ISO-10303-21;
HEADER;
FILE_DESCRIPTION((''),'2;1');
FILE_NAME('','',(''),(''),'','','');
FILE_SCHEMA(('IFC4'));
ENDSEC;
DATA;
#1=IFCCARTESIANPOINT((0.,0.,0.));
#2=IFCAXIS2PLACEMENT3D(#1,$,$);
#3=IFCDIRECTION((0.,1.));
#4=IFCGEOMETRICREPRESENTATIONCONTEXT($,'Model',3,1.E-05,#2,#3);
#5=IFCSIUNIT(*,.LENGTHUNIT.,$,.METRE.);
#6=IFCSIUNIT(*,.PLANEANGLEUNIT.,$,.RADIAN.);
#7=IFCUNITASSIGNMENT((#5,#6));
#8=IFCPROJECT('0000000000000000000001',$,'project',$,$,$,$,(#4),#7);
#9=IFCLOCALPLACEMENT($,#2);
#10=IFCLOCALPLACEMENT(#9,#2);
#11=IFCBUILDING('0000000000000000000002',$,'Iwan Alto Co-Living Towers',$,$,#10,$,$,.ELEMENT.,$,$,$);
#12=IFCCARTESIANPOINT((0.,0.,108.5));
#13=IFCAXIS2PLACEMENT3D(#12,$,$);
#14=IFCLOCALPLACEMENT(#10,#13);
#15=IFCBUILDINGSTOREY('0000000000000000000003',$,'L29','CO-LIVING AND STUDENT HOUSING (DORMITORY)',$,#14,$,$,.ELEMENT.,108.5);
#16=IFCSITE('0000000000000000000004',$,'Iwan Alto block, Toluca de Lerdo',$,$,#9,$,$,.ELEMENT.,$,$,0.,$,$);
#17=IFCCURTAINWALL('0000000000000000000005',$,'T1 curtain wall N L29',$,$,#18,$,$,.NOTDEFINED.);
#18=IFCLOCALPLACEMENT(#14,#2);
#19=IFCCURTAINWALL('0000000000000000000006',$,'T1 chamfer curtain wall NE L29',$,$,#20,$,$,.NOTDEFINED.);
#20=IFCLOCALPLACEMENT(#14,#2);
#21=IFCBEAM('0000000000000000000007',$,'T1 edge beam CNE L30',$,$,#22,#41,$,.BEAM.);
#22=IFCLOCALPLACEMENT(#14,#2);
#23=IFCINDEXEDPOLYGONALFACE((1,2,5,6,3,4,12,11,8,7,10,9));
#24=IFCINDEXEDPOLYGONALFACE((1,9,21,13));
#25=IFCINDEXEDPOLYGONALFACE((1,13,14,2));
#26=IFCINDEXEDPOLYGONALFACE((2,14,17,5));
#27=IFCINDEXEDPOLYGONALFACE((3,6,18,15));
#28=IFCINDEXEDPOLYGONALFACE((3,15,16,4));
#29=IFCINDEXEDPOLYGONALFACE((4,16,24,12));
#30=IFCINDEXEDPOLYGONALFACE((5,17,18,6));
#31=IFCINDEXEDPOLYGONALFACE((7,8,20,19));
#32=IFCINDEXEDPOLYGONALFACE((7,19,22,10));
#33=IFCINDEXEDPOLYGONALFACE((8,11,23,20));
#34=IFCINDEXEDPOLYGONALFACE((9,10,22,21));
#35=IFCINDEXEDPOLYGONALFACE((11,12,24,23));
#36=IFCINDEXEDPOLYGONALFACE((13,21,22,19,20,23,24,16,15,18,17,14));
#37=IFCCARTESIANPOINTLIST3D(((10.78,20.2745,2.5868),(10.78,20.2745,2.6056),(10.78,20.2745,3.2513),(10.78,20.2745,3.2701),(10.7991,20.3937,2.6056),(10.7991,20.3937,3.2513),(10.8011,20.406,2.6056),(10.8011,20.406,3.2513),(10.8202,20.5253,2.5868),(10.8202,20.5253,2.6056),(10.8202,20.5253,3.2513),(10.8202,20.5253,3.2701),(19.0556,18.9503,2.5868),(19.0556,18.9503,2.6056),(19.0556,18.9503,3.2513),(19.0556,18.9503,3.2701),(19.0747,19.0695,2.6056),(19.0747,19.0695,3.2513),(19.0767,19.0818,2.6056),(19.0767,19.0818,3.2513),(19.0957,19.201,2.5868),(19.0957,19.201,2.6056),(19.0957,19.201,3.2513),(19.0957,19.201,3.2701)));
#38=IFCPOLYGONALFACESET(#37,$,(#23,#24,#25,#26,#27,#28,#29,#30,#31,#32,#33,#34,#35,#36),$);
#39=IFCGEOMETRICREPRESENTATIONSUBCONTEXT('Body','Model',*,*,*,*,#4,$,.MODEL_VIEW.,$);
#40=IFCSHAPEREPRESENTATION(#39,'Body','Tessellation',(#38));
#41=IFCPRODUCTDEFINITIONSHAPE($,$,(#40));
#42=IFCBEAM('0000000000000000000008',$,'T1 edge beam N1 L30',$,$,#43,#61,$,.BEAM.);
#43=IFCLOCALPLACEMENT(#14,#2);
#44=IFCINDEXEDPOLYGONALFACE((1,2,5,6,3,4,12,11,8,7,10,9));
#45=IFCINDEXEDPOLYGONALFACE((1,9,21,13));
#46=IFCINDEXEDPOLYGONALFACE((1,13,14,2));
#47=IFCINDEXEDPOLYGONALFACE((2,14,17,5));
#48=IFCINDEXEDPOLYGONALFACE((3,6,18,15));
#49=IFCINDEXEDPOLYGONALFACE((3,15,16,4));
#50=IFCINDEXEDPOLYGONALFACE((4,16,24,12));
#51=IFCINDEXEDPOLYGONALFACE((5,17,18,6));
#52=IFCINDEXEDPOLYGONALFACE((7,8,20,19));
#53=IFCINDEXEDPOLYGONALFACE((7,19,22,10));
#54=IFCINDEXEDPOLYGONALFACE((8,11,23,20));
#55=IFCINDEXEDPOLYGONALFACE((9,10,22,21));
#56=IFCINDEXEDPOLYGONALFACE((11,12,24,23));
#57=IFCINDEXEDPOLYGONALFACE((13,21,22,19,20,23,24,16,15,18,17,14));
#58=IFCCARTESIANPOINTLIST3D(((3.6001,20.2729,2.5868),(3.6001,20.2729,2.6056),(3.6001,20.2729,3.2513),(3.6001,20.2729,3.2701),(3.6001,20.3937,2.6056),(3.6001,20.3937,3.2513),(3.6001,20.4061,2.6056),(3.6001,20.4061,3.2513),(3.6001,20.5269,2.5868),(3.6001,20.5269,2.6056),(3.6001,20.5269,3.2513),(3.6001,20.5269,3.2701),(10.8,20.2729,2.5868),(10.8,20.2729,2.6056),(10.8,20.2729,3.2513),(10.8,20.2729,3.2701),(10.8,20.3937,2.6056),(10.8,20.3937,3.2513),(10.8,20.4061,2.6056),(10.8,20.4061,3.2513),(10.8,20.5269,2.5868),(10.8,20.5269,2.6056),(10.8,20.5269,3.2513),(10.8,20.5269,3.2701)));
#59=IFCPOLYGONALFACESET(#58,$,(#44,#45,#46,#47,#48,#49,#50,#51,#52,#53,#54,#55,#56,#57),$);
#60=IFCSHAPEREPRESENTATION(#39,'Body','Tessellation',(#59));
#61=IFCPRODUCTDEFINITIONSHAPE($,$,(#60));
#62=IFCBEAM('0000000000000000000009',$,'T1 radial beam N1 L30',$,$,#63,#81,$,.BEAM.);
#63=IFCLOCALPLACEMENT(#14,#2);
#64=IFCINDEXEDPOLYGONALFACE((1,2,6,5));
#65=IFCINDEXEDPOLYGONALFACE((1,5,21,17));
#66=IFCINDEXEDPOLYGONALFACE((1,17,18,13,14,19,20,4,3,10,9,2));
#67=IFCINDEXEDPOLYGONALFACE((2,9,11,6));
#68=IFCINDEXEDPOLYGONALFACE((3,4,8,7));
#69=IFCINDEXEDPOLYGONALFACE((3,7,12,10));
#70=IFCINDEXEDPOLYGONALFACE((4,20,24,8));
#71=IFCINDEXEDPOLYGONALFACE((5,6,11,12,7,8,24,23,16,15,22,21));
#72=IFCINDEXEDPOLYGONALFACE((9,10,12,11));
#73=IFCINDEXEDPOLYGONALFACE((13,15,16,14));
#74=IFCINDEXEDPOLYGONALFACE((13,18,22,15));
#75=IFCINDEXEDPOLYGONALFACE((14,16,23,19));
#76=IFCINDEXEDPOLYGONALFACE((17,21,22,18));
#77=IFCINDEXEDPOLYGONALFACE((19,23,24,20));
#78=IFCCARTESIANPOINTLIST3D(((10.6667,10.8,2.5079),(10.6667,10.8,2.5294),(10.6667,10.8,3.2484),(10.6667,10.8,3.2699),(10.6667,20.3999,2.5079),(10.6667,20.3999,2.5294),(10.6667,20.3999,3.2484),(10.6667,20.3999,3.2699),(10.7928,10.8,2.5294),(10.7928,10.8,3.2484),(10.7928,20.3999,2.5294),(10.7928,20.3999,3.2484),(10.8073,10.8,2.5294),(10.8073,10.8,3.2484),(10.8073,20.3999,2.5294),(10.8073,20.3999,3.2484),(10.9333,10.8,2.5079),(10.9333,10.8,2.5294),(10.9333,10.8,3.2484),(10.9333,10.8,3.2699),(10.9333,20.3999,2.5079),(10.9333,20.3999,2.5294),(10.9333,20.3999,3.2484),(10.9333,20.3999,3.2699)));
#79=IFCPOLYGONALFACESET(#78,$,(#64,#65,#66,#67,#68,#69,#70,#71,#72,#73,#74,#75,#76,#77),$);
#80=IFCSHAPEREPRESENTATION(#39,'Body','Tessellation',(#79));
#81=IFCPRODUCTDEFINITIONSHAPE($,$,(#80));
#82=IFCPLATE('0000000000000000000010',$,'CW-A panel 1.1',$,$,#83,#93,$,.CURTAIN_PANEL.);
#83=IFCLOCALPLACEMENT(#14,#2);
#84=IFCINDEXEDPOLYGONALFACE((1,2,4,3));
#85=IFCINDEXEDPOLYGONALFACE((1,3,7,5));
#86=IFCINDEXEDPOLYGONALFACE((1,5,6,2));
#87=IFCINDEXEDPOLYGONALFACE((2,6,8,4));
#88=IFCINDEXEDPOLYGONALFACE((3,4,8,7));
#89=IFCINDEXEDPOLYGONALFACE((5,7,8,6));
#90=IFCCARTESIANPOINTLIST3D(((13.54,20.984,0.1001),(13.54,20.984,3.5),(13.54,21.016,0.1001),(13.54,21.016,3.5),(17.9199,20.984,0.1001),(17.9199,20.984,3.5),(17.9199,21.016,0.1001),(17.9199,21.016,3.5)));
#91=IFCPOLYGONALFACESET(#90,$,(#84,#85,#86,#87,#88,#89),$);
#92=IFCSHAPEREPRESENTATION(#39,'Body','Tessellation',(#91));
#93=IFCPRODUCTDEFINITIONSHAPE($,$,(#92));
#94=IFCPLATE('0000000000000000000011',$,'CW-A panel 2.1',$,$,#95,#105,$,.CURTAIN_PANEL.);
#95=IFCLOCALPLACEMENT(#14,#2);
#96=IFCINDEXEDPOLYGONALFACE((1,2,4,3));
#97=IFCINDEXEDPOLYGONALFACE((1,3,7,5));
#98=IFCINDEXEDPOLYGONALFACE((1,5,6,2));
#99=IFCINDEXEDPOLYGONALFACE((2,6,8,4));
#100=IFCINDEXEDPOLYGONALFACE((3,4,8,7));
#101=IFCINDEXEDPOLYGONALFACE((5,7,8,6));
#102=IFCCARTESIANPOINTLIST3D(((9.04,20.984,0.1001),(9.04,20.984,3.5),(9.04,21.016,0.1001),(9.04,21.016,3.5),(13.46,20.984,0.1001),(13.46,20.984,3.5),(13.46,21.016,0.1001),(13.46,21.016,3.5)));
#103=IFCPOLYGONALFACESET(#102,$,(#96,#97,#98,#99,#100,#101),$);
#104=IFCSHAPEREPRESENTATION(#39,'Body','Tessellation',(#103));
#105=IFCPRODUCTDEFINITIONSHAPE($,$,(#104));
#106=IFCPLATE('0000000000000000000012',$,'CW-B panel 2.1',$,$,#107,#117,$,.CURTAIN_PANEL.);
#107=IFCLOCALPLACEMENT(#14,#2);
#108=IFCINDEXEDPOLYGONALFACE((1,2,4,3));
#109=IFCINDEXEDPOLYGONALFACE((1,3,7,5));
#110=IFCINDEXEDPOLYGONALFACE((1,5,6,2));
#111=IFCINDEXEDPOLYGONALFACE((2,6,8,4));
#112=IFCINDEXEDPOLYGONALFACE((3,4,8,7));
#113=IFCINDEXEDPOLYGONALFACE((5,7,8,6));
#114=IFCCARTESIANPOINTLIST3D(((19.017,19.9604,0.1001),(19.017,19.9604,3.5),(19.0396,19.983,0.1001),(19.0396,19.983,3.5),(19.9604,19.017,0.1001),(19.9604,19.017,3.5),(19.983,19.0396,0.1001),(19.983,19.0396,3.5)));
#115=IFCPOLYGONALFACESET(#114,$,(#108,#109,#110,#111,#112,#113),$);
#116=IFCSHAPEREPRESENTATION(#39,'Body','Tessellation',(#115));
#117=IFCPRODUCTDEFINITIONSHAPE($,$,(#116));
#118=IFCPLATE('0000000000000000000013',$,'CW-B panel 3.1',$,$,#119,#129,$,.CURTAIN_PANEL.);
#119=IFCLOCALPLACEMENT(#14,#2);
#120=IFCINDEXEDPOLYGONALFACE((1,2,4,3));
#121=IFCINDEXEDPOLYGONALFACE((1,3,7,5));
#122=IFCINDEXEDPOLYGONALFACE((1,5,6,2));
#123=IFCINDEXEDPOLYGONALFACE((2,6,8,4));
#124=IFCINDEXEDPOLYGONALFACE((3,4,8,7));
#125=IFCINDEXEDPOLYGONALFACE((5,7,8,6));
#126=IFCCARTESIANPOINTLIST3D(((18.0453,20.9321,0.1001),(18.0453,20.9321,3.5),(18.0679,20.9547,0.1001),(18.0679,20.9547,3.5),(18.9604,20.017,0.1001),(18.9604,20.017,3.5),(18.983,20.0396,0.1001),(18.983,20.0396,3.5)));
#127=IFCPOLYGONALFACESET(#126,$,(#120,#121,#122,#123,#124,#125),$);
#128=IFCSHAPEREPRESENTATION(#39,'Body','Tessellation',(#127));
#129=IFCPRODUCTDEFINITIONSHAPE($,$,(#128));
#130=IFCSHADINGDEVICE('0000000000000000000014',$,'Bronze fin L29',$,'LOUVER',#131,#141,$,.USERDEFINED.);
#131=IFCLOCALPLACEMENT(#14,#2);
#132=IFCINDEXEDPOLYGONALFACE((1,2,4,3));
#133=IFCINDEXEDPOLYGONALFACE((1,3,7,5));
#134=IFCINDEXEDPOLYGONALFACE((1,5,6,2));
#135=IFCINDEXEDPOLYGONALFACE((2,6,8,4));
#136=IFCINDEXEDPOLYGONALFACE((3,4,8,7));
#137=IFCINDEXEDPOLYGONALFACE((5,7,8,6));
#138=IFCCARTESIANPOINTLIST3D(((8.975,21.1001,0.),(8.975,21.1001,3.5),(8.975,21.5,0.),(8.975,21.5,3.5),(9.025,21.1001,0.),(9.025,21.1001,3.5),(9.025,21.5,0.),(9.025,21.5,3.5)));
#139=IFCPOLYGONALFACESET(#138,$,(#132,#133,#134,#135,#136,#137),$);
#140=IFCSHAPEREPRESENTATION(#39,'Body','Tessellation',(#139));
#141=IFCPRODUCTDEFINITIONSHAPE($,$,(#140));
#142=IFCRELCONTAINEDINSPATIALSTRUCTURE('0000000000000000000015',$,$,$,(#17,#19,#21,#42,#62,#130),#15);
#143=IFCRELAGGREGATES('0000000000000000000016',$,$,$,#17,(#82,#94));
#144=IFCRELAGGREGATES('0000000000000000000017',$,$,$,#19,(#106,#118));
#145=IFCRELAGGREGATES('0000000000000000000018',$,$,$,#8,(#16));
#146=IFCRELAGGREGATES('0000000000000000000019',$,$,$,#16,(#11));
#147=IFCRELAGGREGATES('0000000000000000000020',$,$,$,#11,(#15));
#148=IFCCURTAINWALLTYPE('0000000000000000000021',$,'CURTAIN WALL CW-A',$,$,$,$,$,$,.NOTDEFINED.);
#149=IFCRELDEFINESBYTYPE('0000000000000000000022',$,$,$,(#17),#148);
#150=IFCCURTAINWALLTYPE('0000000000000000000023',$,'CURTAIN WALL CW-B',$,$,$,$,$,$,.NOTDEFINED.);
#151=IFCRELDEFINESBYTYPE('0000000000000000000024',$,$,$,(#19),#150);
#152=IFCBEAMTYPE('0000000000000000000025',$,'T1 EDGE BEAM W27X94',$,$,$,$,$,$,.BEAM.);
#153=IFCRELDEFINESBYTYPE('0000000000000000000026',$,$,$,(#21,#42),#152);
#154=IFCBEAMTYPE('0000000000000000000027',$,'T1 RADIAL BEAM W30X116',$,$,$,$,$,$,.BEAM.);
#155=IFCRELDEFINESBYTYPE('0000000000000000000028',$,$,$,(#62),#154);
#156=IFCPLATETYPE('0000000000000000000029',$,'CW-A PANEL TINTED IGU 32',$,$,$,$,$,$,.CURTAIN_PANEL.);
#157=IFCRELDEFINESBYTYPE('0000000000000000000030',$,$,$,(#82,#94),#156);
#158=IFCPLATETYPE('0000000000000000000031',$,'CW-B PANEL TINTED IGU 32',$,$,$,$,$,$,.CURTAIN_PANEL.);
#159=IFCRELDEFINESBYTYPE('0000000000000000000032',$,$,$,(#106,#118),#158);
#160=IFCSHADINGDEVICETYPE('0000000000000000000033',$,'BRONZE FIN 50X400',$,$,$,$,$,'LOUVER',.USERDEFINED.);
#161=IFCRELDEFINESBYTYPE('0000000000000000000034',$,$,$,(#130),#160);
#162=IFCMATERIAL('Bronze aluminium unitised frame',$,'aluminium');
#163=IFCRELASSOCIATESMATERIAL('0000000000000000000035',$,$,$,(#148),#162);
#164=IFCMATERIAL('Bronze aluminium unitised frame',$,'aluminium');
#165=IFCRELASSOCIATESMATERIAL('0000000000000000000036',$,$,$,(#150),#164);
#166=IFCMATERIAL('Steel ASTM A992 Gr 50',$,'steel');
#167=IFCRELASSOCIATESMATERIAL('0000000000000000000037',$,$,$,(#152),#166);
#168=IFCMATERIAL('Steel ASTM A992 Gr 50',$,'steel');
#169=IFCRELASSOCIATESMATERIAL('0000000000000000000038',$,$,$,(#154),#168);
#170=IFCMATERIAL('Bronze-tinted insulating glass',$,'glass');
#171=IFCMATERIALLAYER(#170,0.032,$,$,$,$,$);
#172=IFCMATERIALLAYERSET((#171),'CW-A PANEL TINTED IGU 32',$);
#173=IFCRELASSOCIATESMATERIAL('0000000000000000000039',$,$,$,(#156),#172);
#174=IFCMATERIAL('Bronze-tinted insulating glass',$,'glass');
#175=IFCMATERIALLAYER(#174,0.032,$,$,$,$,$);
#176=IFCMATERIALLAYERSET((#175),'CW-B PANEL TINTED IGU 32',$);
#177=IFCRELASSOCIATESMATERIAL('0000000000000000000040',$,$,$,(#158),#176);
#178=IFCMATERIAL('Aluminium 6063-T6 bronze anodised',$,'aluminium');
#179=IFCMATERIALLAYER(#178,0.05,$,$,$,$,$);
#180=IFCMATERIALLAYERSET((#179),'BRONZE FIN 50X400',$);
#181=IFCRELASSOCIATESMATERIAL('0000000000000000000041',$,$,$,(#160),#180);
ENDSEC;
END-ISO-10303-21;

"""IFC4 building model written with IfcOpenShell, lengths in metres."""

from ifc_helpers import new_model, si_unit, direction, frame, origin, origin_2d, place, context, subcontext, project, spatial, rectangle, i_section, extrude, material, layer, layer_set, material_profile, profile_set, type_object, element, aggregate, save


model = new_model("IFC4")

# Units and contexts
model_context = context("Model", 3, precision=1e-05, world=origin(), true_north=direction((0.0, 1.0)))
body_context = subcontext(model_context, "Body", "Model", "MODEL_VIEW")
ifc_project = project(units=[si_unit("LENGTHUNIT", "METRE"), si_unit("PLANEANGLEUNIT", "RADIAN")], contexts=[model_context])

# Site, building, storey
site_placement = place(None, origin())
site = spatial("IfcSite", under=ifc_project, at=site_placement, Name="Iwan Alto block, Toluca de Lerdo", CompositionType="ELEMENT", RefElevation=0.0)
building_placement = place(site_placement, origin())
building = spatial("IfcBuilding", under=site, at=building_placement, Name="Iwan Alto Co-Living Towers", CompositionType="ELEMENT")
storey_placement = place(building_placement, frame((0.0, 0.0, 108.5)))
storey = spatial("IfcBuildingStorey", under=building, at=storey_placement, Name="L29", Description="CO-LIVING AND STUDENT HOUSING (DORMITORY)", CompositionType="ELEMENT", Elevation=108.5)

# Curtain walls
ifc_material_1 = material(Name="Bronze aluminium unitised frame", Category="aluminium")
curtain_wall_type_1 = type_object("IfcCurtainWallType", Name="CURTAIN WALL CW-A", PredefinedType="NOTDEFINED", material=ifc_material_1)
curtain_wall_1_placement = place(storey_placement, origin())
curtain_wall_1 = element("IfcCurtainWall", 1, at=curtain_wall_1_placement, inside=storey, type_object=curtain_wall_type_1, Name="T1 curtain wall N L29", PredefinedType="NOTDEFINED")
ifc_material_2 = material(Name="Bronze aluminium unitised frame", Category="aluminium")
curtain_wall_type_2 = type_object("IfcCurtainWallType", Name="CURTAIN WALL CW-B", PredefinedType="NOTDEFINED", material=ifc_material_2)
curtain_wall_2_placement = place(storey_placement, origin())
curtain_wall_2 = element("IfcCurtainWall", 2, at=curtain_wall_2_placement, inside=storey, type_object=curtain_wall_type_2, Name="T1 chamfer curtain wall NE L29", PredefinedType="NOTDEFINED")

# Beams
ifc_material_3 = material(Name="Steel ASTM A992 Gr 50", Category="steel")
ifc_material_profile_1 = material_profile(ifc_material_3, i_section(OverallWidth=0.2539, OverallDepth=0.6833, WebThickness=0.0125, FlangeThickness=0.0188, at=origin_2d()), Name="W27X94")
ifc_profile_set_1 = profile_set([ifc_material_profile_1], Name="Steel ASTM A992 Gr 50")
beam_type_1 = type_object("IfcBeamType", Name="T1 EDGE BEAM W27X94", PredefinedType="BEAM", material=ifc_profile_set_1)
beam_1_placement = place(storey_placement, frame((19.0757, 19.0757, 2.9285), z_axis=(-0.987438, 0.158004, 0.0), x_axis=(-0.158004, -0.987438, 0.0)))
element("IfcBeam", 3, at=beam_1_placement, inside=storey, type_object=beam_type_1, Name="T1 edge beam CNE L30", PredefinedType="BEAM", context=body_context, shape_type="SweptSolid", body=[
    extrude(i_section(OverallWidth=0.2539, OverallDepth=0.6833, WebThickness=0.0125, FlangeThickness=0.0188, at=origin_2d()), origin(), (0.0, 0.0, 1.0), 8.3809),
])
beam_2_placement = place(storey_placement, frame((10.8, 20.3999, 2.9285), z_axis=(-1.0, 0.0, 0.0), x_axis=(0.0, -1.0, 0.0)))
element("IfcBeam", 4, at=beam_2_placement, inside=storey, type_object=beam_type_1, Name="T1 edge beam N1 L30", PredefinedType="BEAM", context=body_context, shape_type="SweptSolid", body=[
    extrude(i_section(OverallWidth=0.2539, OverallDepth=0.6833, WebThickness=0.0125, FlangeThickness=0.0188, at=origin_2d()), origin(), (0.0, 0.0, 1.0), 7.2),
])
ifc_material_4 = material(Name="Steel ASTM A992 Gr 50", Category="steel")
ifc_material_profile_2 = material_profile(ifc_material_4, i_section(OverallWidth=0.2666, OverallDepth=0.762, WebThickness=0.0144, FlangeThickness=0.0215, at=origin_2d()), Name="W30X116")
ifc_profile_set_2 = profile_set([ifc_material_profile_2], Name="Steel ASTM A992 Gr 50")
beam_type_2 = type_object("IfcBeamType", Name="T1 RADIAL BEAM W30X116", PredefinedType="BEAM", material=ifc_profile_set_2)
beam_3_placement = place(storey_placement, frame((10.8, 20.3999, 2.8889), z_axis=(0.0, -1.0, 0.0), x_axis=(1.0, 0.0, 0.0)))
element("IfcBeam", 5, at=beam_3_placement, inside=storey, type_object=beam_type_2, Name="T1 radial beam N1 L30", PredefinedType="BEAM", context=body_context, shape_type="SweptSolid", body=[
    extrude(i_section(OverallWidth=0.2666, OverallDepth=0.762, WebThickness=0.0144, FlangeThickness=0.0215, at=origin_2d()), origin(), (0.0, 0.0, 1.0), 9.5999),
])

# Plates
ifc_material_5 = material(Name="Bronze-tinted insulating glass", Category="glass")
ifc_layer_1 = layer(ifc_material_5, 0.032)
ifc_layer_set_1 = layer_set([ifc_layer_1], Name="CW-A PANEL TINTED IGU 32")
plate_type_1 = type_object("IfcPlateType", Name="CW-A PANEL TINTED IGU 32", PredefinedType="CURTAIN_PANEL", material=ifc_layer_set_1)
plate_1_placement = place(storey_placement, frame((15.73, 21.0, 0.1001), z_axis=(0.0, 0.0, 1.0), x_axis=(-1.0, 0.0, 0.0)))
plate_1 = element("IfcPlate", 6, at=plate_1_placement, type_object=plate_type_1, Name="CW-A panel 1.1", PredefinedType="CURTAIN_PANEL", context=body_context, shape_type="SweptSolid", body=[
    extrude(rectangle(XDim=4.3799, YDim=0.032, at=origin_2d()), origin(), (0.0, 0.0, 1.0), 3.3999),
])
plate_2_placement = place(storey_placement, frame((11.25, 21.0, 0.1001), z_axis=(0.0, 0.0, 1.0), x_axis=(-1.0, 0.0, 0.0)))
plate_2 = element("IfcPlate", 7, at=plate_2_placement, type_object=plate_type_1, Name="CW-A panel 2.1", PredefinedType="CURTAIN_PANEL", context=body_context, shape_type="SweptSolid", body=[
    extrude(rectangle(XDim=4.4199, YDim=0.032, at=origin_2d()), origin(), (0.0, 0.0, 1.0), 3.3999),
])
aggregate(curtain_wall_1, [plate_1, plate_2])
ifc_material_6 = material(Name="Bronze-tinted insulating glass", Category="glass")
ifc_layer_2 = layer(ifc_material_6, 0.032)
ifc_layer_set_2 = layer_set([ifc_layer_2], Name="CW-B PANEL TINTED IGU 32")
plate_type_2 = type_object("IfcPlateType", Name="CW-B PANEL TINTED IGU 32", PredefinedType="CURTAIN_PANEL", material=ifc_layer_set_2)
plate_3_placement = place(storey_placement, frame((19.5, 19.5, 0.1001), z_axis=(0.0, 0.0, 1.0), x_axis=(-0.707107, 0.707107, 0.0)))
plate_3 = element("IfcPlate", 8, at=plate_3_placement, type_object=plate_type_2, Name="CW-B panel 2.1", PredefinedType="CURTAIN_PANEL", context=body_context, shape_type="SweptSolid", body=[
    extrude(rectangle(XDim=1.3342, YDim=0.032, at=origin_2d()), origin(), (0.0, 0.0, 1.0), 3.3999),
])
plate_4_placement = place(storey_placement, frame((18.5142, 20.4858, 0.1001), z_axis=(0.0, 0.0, 1.0), x_axis=(-0.707107, 0.707107, 0.0)))
plate_4 = element("IfcPlate", 9, at=plate_4_placement, type_object=plate_type_2, Name="CW-B panel 3.1", PredefinedType="CURTAIN_PANEL", context=body_context, shape_type="SweptSolid", body=[
    extrude(rectangle(XDim=1.2942, YDim=0.032, at=origin_2d()), origin(), (0.0, 0.0, 1.0), 3.3999),
])
aggregate(curtain_wall_2, [plate_3, plate_4])

# Shading device
ifc_material_7 = material(Name="Aluminium 6063-T6 bronze anodised", Category="aluminium")
ifc_layer_3 = layer(ifc_material_7, 0.05)
ifc_layer_set_3 = layer_set([ifc_layer_3], Name="BRONZE FIN 50X400")
shading_device_type = type_object("IfcShadingDeviceType", Name="BRONZE FIN 50X400", ElementType="LOUVER", PredefinedType="USERDEFINED", material=ifc_layer_set_3)
shading_device_placement = place(storey_placement, frame((9.0, 21.3, 0.0), z_axis=(0.0, 0.0, 1.0), x_axis=(-1.0, 0.0, 0.0)))
element("IfcShadingDevice", 10, at=shading_device_placement, inside=storey, type_object=shading_device_type, Name="Bronze fin L29", ObjectType="LOUVER", PredefinedType="USERDEFINED", context=body_context, shape_type="SweptSolid", body=[
    extrude(rectangle(XDim=0.05, YDim=0.3999, at=origin_2d()), origin(), (0.0, 0.0, 1.0), 3.5),
])

save(model, "model.ifc")
